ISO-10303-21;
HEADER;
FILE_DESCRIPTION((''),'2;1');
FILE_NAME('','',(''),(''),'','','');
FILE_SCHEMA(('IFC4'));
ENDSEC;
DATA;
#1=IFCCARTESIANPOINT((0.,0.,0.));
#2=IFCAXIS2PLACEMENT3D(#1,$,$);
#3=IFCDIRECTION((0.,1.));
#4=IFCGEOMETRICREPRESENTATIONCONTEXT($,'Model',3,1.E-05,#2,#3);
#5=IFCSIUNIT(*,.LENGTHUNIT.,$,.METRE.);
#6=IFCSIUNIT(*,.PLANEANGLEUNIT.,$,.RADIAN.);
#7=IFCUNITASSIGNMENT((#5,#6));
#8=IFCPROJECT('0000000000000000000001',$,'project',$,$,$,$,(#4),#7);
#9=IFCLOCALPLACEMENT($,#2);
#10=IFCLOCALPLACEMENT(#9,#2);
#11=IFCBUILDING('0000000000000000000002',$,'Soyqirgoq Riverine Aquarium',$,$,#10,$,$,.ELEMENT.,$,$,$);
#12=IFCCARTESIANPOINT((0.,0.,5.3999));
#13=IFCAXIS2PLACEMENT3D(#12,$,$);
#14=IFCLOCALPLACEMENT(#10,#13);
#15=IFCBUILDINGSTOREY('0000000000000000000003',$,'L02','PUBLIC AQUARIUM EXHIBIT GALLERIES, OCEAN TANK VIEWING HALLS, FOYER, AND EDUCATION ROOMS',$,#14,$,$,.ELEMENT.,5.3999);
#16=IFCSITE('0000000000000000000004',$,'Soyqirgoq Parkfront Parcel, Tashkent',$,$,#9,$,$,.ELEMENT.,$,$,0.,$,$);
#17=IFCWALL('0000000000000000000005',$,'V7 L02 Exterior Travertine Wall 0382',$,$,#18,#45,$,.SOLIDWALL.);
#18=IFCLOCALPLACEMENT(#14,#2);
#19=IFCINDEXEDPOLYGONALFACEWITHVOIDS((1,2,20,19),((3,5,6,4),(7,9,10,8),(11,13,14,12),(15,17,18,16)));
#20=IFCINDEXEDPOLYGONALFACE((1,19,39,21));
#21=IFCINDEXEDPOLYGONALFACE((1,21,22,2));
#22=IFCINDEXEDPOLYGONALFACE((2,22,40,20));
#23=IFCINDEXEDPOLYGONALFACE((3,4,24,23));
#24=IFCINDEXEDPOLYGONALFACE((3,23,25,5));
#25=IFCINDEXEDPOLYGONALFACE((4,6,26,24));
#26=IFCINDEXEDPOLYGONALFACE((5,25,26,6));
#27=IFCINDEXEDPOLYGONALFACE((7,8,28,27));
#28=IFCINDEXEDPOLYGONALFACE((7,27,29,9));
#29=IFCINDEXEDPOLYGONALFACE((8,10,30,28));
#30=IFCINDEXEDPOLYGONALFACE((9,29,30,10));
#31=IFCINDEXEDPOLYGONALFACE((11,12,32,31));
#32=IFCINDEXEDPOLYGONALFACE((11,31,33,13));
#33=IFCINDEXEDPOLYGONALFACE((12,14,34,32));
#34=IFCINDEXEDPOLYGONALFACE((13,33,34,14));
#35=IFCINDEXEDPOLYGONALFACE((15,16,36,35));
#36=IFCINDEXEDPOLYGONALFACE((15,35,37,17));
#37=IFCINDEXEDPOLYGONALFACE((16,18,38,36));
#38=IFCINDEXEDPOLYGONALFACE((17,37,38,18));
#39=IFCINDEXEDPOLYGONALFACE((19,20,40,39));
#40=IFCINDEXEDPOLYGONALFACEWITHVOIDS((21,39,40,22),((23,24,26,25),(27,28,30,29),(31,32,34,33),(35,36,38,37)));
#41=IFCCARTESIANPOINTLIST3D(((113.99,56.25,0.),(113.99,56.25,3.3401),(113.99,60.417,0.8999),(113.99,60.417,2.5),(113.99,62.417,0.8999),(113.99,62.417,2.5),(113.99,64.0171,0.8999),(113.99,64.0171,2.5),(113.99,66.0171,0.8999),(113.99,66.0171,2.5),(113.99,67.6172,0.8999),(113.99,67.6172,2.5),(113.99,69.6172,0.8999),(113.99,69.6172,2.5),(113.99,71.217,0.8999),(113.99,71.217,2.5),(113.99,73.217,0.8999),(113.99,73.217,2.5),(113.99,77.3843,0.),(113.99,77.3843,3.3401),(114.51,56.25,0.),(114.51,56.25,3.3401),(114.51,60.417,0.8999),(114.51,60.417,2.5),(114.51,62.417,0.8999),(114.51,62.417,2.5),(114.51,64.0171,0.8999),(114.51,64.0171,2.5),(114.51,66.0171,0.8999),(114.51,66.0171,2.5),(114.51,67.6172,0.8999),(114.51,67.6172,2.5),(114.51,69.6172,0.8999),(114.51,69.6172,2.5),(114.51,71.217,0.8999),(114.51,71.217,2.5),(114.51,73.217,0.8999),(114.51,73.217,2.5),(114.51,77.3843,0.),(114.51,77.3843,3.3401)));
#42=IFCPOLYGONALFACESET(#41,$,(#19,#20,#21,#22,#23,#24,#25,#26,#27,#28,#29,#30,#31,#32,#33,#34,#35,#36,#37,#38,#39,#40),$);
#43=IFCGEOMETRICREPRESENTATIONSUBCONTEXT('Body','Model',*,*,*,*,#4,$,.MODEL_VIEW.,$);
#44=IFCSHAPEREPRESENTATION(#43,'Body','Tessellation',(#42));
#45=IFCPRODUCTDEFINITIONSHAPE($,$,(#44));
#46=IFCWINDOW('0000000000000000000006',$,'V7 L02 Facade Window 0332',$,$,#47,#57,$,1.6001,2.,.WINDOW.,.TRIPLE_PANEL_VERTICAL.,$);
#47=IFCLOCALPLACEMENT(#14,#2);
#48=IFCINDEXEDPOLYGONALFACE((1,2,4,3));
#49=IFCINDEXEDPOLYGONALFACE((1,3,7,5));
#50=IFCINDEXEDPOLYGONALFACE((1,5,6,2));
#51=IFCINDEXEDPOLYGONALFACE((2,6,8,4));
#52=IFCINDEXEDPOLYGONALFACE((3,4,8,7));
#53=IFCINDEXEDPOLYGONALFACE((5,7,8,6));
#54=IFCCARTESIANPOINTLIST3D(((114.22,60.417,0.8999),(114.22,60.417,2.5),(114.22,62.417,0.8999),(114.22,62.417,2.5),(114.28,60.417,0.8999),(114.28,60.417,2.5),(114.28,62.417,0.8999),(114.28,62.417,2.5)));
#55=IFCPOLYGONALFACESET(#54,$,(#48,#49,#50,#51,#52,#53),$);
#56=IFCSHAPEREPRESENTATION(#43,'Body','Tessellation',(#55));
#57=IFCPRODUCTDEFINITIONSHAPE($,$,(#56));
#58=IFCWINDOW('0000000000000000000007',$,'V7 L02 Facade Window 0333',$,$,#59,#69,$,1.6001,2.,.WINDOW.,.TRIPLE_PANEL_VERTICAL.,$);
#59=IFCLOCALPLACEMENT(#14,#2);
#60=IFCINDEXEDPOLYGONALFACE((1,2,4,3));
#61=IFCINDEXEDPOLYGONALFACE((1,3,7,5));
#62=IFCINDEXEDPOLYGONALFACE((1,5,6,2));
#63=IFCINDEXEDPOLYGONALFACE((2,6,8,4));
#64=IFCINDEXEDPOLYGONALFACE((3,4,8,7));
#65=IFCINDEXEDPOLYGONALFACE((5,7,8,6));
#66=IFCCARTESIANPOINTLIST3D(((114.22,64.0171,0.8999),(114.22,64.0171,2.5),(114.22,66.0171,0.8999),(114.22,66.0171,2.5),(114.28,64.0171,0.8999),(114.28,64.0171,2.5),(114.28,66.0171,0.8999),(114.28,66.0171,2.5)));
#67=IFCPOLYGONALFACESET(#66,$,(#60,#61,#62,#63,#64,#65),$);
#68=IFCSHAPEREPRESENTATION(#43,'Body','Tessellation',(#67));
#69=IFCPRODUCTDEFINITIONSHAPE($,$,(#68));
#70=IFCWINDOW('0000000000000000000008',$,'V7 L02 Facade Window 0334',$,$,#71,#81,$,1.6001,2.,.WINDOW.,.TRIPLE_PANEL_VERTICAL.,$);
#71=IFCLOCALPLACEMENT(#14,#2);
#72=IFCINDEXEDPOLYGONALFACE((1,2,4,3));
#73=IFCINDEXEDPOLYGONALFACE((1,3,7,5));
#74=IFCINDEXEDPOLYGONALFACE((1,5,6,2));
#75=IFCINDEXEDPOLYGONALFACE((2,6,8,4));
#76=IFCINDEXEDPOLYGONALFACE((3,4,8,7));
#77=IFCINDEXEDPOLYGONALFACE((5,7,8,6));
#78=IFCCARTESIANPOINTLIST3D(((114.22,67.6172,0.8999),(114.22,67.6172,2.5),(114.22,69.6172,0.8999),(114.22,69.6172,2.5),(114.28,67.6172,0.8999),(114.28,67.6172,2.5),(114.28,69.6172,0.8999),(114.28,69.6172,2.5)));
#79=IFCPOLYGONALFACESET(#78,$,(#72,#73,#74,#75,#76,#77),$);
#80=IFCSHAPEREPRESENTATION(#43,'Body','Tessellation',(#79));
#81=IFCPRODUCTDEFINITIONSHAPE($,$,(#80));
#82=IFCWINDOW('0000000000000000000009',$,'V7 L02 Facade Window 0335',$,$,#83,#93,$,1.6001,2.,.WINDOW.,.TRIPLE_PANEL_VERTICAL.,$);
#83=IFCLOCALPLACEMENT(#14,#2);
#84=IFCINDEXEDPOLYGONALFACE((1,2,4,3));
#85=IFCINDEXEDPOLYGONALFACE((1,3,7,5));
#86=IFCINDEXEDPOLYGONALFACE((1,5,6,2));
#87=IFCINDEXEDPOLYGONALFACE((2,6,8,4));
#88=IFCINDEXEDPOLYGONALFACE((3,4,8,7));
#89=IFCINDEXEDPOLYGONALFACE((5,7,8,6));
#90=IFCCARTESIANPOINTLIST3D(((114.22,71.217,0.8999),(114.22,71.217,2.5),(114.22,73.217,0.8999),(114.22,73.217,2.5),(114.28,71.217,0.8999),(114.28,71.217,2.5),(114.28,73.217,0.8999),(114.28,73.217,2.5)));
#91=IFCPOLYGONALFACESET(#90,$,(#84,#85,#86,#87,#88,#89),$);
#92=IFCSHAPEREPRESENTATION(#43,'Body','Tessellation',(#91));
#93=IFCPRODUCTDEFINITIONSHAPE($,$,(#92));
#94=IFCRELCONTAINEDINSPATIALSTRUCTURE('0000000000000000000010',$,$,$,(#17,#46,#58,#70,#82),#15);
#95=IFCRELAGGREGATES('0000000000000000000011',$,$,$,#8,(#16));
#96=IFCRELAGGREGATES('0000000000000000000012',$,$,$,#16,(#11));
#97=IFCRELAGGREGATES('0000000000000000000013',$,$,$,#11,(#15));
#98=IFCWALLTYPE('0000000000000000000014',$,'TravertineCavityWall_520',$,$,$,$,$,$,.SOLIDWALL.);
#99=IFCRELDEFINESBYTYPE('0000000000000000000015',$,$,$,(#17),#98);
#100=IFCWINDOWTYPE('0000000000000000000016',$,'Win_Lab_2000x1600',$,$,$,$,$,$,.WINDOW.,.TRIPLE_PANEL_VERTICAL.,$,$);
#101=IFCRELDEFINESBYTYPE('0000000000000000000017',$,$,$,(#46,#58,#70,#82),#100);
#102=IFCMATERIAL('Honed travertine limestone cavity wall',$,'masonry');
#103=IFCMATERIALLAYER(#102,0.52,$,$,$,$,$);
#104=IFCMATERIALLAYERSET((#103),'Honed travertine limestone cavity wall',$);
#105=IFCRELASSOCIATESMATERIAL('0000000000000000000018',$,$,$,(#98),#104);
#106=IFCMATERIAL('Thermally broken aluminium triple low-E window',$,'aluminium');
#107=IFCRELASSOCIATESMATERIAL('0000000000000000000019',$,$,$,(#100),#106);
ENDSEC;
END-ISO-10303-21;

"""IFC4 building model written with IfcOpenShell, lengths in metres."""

from ifc_helpers import new_model, si_unit, direction, frame, frame_2d, origin, place, context, subcontext, project, spatial, rectangle, extrude, material, layer, layer_set, type_object, element, fill, save


model = new_model("IFC4")

# Units and contexts
model_context = context("Model", 3, precision=1e-05, world=origin(), true_north=direction((0.0, 1.0)))
body_context = subcontext(model_context, "Body", "Model", "MODEL_VIEW")
ifc_project = project(units=[si_unit("LENGTHUNIT", "METRE"), si_unit("PLANEANGLEUNIT", "RADIAN")], contexts=[model_context])

# Site, building, storey
site_placement = place(None, origin())
site = spatial("IfcSite", under=ifc_project, at=site_placement, Name="Soyqirgoq Parkfront Parcel, Tashkent", CompositionType="ELEMENT", RefElevation=0.0)
building_placement = place(site_placement, origin())
building = spatial("IfcBuilding", under=site, at=building_placement, Name="Soyqirgoq Riverine Aquarium", CompositionType="ELEMENT")
storey_placement = place(building_placement, frame((0.0, 0.0, 5.3999)))
storey = spatial("IfcBuildingStorey", under=building, at=storey_placement, Name="L02", Description="PUBLIC AQUARIUM EXHIBIT GALLERIES, OCEAN TANK VIEWING HALLS, FOYER, AND EDUCATION ROOMS", CompositionType="ELEMENT", Elevation=5.3999)

# Wall, openings, windows
ifc_material_1 = material(Name="Honed travertine limestone cavity wall", Category="masonry")
ifc_layer_1 = layer(ifc_material_1, 0.52)
ifc_layer_set_1 = layer_set([ifc_layer_1], Name="Honed travertine limestone cavity wall")
wall_type_1 = type_object("IfcWallType", Name="TravertineCavityWall_520", PredefinedType="SOLIDWALL", material=ifc_layer_set_1)
wall_1_placement = place(storey_placement, frame((114.25, 56.25, 0.0), z_axis=(0.0, 0.0, 1.0), x_axis=(0.0, 1.0, 0.0)))
wall_1 = element("IfcWall", 1, at=wall_1_placement, inside=storey, type_object=wall_type_1, Name="V7 L02 Exterior Travertine Wall 0382", PredefinedType="SOLIDWALL", context=body_context, shape_type="SweptSolid", body=[
    extrude(rectangle(XDim=21.1343, YDim=0.52, at=frame_2d((10.5671, 0.0))), origin(), (0.0, 0.0, 1.0), 3.3401),
])
opening_1_placement = place(wall_1_placement, frame((4.167, 0.0, 0.8999)))
opening_1 = element("IfcOpeningElement", 2, at=opening_1_placement, cuts=wall_1, PredefinedType="OPENING", context=body_context, shape_type="SweptSolid", body=[
    extrude(rectangle(XDim=2.0, YDim=1.6001, at=frame_2d((1.0, 0.8))), frame((0.0, 0.27, 0.0), z_axis=(0.0, -1.0, 0.0), x_axis=(1.0, 0.0, 0.0)), (0.0, 0.0, 1.0), 0.54),
])
opening_2_placement = place(wall_1_placement, frame((7.7671, 0.0, 0.8999)))
opening_2 = element("IfcOpeningElement", 3, at=opening_2_placement, cuts=wall_1, PredefinedType="OPENING", context=body_context, shape_type="SweptSolid", body=[
    extrude(rectangle(XDim=2.0, YDim=1.6001, at=frame_2d((1.0, 0.8))), frame((0.0, 0.27, 0.0), z_axis=(0.0, -1.0, 0.0), x_axis=(1.0, 0.0, 0.0)), (0.0, 0.0, 1.0), 0.54),
])
opening_3_placement = place(wall_1_placement, frame((11.3672, 0.0, 0.8999)))
opening_3 = element("IfcOpeningElement", 4, at=opening_3_placement, cuts=wall_1, PredefinedType="OPENING", context=body_context, shape_type="SweptSolid", body=[
    extrude(rectangle(XDim=2.0, YDim=1.6001, at=frame_2d((1.0, 0.8))), frame((0.0, 0.27, 0.0), z_axis=(0.0, -1.0, 0.0), x_axis=(1.0, 0.0, 0.0)), (0.0, 0.0, 1.0), 0.54),
])
opening_4_placement = place(wall_1_placement, frame((14.967, 0.0, 0.8999)))
opening_4 = element("IfcOpeningElement", 5, at=opening_4_placement, cuts=wall_1, PredefinedType="OPENING", context=body_context, shape_type="SweptSolid", body=[
    extrude(rectangle(XDim=2.0, YDim=1.6001, at=frame_2d((1.0, 0.8))), frame((0.0, 0.27, 0.0), z_axis=(0.0, -1.0, 0.0), x_axis=(1.0, 0.0, 0.0)), (0.0, 0.0, 1.0), 0.54),
])
ifc_material_2 = material(Name="Thermally broken aluminium triple low-E window", Category="aluminium")
window_type = type_object("IfcWindowType", Name="Win_Lab_2000x1600", PartitioningType="TRIPLE_PANEL_VERTICAL", PredefinedType="WINDOW", material=ifc_material_2)
window_1_placement = place(opening_1_placement, origin())
window_1 = element("IfcWindow", 6, at=window_1_placement, inside=storey, type_object=window_type, Name="V7 L02 Facade Window 0332", OverallHeight=1.6001, OverallWidth=2.0, PartitioningType="TRIPLE_PANEL_VERTICAL", PredefinedType="WINDOW", context=body_context, shape_type="SweptSolid", body=[
    extrude(rectangle(XDim=2.0, YDim=1.6001, at=frame_2d((1.0, 0.8))), frame((0.0, 0.03, 0.0), z_axis=(0.0, -1.0, 0.0), x_axis=(1.0, 0.0, 0.0)), (0.0, 0.0, 1.0), 0.0601),
])
fill(opening_1, window_1)
window_2_placement = place(opening_2_placement, origin())
window_2 = element("IfcWindow", 7, at=window_2_placement, inside=storey, type_object=window_type, Name="V7 L02 Facade Window 0333", OverallHeight=1.6001, OverallWidth=2.0, PartitioningType="TRIPLE_PANEL_VERTICAL", PredefinedType="WINDOW", context=body_context, shape_type="SweptSolid", body=[
    extrude(rectangle(XDim=2.0, YDim=1.6001, at=frame_2d((1.0, 0.8))), frame((0.0, 0.03, 0.0), z_axis=(0.0, -1.0, 0.0), x_axis=(1.0, 0.0, 0.0)), (0.0, 0.0, 1.0), 0.0601),
])
fill(opening_2, window_2)
window_3_placement = place(opening_3_placement, origin())
window_3 = element("IfcWindow", 8, at=window_3_placement, inside=storey, type_object=window_type, Name="V7 L02 Facade Window 0334", OverallHeight=1.6001, OverallWidth=2.0, PartitioningType="TRIPLE_PANEL_VERTICAL", PredefinedType="WINDOW", context=body_context, shape_type="SweptSolid", body=[
    extrude(rectangle(XDim=2.0, YDim=1.6001, at=frame_2d((1.0, 0.8))), frame((0.0, 0.03, 0.0), z_axis=(0.0, -1.0, 0.0), x_axis=(1.0, 0.0, 0.0)), (0.0, 0.0, 1.0), 0.0601),
])
fill(opening_3, window_3)
window_4_placement = place(opening_4_placement, origin())
window_4 = element("IfcWindow", 9, at=window_4_placement, inside=storey, type_object=window_type, Name="V7 L02 Facade Window 0335", OverallHeight=1.6001, OverallWidth=2.0, PartitioningType="TRIPLE_PANEL_VERTICAL", PredefinedType="WINDOW", context=body_context, shape_type="SweptSolid", body=[
    extrude(rectangle(XDim=2.0, YDim=1.6001, at=frame_2d((1.0, 0.8))), frame((0.0, 0.03, 0.0), z_axis=(0.0, -1.0, 0.0), x_axis=(1.0, 0.0, 0.0)), (0.0, 0.0, 1.0), 0.0601),
])
fill(opening_4, window_4)

save(model, "model.ifc")
